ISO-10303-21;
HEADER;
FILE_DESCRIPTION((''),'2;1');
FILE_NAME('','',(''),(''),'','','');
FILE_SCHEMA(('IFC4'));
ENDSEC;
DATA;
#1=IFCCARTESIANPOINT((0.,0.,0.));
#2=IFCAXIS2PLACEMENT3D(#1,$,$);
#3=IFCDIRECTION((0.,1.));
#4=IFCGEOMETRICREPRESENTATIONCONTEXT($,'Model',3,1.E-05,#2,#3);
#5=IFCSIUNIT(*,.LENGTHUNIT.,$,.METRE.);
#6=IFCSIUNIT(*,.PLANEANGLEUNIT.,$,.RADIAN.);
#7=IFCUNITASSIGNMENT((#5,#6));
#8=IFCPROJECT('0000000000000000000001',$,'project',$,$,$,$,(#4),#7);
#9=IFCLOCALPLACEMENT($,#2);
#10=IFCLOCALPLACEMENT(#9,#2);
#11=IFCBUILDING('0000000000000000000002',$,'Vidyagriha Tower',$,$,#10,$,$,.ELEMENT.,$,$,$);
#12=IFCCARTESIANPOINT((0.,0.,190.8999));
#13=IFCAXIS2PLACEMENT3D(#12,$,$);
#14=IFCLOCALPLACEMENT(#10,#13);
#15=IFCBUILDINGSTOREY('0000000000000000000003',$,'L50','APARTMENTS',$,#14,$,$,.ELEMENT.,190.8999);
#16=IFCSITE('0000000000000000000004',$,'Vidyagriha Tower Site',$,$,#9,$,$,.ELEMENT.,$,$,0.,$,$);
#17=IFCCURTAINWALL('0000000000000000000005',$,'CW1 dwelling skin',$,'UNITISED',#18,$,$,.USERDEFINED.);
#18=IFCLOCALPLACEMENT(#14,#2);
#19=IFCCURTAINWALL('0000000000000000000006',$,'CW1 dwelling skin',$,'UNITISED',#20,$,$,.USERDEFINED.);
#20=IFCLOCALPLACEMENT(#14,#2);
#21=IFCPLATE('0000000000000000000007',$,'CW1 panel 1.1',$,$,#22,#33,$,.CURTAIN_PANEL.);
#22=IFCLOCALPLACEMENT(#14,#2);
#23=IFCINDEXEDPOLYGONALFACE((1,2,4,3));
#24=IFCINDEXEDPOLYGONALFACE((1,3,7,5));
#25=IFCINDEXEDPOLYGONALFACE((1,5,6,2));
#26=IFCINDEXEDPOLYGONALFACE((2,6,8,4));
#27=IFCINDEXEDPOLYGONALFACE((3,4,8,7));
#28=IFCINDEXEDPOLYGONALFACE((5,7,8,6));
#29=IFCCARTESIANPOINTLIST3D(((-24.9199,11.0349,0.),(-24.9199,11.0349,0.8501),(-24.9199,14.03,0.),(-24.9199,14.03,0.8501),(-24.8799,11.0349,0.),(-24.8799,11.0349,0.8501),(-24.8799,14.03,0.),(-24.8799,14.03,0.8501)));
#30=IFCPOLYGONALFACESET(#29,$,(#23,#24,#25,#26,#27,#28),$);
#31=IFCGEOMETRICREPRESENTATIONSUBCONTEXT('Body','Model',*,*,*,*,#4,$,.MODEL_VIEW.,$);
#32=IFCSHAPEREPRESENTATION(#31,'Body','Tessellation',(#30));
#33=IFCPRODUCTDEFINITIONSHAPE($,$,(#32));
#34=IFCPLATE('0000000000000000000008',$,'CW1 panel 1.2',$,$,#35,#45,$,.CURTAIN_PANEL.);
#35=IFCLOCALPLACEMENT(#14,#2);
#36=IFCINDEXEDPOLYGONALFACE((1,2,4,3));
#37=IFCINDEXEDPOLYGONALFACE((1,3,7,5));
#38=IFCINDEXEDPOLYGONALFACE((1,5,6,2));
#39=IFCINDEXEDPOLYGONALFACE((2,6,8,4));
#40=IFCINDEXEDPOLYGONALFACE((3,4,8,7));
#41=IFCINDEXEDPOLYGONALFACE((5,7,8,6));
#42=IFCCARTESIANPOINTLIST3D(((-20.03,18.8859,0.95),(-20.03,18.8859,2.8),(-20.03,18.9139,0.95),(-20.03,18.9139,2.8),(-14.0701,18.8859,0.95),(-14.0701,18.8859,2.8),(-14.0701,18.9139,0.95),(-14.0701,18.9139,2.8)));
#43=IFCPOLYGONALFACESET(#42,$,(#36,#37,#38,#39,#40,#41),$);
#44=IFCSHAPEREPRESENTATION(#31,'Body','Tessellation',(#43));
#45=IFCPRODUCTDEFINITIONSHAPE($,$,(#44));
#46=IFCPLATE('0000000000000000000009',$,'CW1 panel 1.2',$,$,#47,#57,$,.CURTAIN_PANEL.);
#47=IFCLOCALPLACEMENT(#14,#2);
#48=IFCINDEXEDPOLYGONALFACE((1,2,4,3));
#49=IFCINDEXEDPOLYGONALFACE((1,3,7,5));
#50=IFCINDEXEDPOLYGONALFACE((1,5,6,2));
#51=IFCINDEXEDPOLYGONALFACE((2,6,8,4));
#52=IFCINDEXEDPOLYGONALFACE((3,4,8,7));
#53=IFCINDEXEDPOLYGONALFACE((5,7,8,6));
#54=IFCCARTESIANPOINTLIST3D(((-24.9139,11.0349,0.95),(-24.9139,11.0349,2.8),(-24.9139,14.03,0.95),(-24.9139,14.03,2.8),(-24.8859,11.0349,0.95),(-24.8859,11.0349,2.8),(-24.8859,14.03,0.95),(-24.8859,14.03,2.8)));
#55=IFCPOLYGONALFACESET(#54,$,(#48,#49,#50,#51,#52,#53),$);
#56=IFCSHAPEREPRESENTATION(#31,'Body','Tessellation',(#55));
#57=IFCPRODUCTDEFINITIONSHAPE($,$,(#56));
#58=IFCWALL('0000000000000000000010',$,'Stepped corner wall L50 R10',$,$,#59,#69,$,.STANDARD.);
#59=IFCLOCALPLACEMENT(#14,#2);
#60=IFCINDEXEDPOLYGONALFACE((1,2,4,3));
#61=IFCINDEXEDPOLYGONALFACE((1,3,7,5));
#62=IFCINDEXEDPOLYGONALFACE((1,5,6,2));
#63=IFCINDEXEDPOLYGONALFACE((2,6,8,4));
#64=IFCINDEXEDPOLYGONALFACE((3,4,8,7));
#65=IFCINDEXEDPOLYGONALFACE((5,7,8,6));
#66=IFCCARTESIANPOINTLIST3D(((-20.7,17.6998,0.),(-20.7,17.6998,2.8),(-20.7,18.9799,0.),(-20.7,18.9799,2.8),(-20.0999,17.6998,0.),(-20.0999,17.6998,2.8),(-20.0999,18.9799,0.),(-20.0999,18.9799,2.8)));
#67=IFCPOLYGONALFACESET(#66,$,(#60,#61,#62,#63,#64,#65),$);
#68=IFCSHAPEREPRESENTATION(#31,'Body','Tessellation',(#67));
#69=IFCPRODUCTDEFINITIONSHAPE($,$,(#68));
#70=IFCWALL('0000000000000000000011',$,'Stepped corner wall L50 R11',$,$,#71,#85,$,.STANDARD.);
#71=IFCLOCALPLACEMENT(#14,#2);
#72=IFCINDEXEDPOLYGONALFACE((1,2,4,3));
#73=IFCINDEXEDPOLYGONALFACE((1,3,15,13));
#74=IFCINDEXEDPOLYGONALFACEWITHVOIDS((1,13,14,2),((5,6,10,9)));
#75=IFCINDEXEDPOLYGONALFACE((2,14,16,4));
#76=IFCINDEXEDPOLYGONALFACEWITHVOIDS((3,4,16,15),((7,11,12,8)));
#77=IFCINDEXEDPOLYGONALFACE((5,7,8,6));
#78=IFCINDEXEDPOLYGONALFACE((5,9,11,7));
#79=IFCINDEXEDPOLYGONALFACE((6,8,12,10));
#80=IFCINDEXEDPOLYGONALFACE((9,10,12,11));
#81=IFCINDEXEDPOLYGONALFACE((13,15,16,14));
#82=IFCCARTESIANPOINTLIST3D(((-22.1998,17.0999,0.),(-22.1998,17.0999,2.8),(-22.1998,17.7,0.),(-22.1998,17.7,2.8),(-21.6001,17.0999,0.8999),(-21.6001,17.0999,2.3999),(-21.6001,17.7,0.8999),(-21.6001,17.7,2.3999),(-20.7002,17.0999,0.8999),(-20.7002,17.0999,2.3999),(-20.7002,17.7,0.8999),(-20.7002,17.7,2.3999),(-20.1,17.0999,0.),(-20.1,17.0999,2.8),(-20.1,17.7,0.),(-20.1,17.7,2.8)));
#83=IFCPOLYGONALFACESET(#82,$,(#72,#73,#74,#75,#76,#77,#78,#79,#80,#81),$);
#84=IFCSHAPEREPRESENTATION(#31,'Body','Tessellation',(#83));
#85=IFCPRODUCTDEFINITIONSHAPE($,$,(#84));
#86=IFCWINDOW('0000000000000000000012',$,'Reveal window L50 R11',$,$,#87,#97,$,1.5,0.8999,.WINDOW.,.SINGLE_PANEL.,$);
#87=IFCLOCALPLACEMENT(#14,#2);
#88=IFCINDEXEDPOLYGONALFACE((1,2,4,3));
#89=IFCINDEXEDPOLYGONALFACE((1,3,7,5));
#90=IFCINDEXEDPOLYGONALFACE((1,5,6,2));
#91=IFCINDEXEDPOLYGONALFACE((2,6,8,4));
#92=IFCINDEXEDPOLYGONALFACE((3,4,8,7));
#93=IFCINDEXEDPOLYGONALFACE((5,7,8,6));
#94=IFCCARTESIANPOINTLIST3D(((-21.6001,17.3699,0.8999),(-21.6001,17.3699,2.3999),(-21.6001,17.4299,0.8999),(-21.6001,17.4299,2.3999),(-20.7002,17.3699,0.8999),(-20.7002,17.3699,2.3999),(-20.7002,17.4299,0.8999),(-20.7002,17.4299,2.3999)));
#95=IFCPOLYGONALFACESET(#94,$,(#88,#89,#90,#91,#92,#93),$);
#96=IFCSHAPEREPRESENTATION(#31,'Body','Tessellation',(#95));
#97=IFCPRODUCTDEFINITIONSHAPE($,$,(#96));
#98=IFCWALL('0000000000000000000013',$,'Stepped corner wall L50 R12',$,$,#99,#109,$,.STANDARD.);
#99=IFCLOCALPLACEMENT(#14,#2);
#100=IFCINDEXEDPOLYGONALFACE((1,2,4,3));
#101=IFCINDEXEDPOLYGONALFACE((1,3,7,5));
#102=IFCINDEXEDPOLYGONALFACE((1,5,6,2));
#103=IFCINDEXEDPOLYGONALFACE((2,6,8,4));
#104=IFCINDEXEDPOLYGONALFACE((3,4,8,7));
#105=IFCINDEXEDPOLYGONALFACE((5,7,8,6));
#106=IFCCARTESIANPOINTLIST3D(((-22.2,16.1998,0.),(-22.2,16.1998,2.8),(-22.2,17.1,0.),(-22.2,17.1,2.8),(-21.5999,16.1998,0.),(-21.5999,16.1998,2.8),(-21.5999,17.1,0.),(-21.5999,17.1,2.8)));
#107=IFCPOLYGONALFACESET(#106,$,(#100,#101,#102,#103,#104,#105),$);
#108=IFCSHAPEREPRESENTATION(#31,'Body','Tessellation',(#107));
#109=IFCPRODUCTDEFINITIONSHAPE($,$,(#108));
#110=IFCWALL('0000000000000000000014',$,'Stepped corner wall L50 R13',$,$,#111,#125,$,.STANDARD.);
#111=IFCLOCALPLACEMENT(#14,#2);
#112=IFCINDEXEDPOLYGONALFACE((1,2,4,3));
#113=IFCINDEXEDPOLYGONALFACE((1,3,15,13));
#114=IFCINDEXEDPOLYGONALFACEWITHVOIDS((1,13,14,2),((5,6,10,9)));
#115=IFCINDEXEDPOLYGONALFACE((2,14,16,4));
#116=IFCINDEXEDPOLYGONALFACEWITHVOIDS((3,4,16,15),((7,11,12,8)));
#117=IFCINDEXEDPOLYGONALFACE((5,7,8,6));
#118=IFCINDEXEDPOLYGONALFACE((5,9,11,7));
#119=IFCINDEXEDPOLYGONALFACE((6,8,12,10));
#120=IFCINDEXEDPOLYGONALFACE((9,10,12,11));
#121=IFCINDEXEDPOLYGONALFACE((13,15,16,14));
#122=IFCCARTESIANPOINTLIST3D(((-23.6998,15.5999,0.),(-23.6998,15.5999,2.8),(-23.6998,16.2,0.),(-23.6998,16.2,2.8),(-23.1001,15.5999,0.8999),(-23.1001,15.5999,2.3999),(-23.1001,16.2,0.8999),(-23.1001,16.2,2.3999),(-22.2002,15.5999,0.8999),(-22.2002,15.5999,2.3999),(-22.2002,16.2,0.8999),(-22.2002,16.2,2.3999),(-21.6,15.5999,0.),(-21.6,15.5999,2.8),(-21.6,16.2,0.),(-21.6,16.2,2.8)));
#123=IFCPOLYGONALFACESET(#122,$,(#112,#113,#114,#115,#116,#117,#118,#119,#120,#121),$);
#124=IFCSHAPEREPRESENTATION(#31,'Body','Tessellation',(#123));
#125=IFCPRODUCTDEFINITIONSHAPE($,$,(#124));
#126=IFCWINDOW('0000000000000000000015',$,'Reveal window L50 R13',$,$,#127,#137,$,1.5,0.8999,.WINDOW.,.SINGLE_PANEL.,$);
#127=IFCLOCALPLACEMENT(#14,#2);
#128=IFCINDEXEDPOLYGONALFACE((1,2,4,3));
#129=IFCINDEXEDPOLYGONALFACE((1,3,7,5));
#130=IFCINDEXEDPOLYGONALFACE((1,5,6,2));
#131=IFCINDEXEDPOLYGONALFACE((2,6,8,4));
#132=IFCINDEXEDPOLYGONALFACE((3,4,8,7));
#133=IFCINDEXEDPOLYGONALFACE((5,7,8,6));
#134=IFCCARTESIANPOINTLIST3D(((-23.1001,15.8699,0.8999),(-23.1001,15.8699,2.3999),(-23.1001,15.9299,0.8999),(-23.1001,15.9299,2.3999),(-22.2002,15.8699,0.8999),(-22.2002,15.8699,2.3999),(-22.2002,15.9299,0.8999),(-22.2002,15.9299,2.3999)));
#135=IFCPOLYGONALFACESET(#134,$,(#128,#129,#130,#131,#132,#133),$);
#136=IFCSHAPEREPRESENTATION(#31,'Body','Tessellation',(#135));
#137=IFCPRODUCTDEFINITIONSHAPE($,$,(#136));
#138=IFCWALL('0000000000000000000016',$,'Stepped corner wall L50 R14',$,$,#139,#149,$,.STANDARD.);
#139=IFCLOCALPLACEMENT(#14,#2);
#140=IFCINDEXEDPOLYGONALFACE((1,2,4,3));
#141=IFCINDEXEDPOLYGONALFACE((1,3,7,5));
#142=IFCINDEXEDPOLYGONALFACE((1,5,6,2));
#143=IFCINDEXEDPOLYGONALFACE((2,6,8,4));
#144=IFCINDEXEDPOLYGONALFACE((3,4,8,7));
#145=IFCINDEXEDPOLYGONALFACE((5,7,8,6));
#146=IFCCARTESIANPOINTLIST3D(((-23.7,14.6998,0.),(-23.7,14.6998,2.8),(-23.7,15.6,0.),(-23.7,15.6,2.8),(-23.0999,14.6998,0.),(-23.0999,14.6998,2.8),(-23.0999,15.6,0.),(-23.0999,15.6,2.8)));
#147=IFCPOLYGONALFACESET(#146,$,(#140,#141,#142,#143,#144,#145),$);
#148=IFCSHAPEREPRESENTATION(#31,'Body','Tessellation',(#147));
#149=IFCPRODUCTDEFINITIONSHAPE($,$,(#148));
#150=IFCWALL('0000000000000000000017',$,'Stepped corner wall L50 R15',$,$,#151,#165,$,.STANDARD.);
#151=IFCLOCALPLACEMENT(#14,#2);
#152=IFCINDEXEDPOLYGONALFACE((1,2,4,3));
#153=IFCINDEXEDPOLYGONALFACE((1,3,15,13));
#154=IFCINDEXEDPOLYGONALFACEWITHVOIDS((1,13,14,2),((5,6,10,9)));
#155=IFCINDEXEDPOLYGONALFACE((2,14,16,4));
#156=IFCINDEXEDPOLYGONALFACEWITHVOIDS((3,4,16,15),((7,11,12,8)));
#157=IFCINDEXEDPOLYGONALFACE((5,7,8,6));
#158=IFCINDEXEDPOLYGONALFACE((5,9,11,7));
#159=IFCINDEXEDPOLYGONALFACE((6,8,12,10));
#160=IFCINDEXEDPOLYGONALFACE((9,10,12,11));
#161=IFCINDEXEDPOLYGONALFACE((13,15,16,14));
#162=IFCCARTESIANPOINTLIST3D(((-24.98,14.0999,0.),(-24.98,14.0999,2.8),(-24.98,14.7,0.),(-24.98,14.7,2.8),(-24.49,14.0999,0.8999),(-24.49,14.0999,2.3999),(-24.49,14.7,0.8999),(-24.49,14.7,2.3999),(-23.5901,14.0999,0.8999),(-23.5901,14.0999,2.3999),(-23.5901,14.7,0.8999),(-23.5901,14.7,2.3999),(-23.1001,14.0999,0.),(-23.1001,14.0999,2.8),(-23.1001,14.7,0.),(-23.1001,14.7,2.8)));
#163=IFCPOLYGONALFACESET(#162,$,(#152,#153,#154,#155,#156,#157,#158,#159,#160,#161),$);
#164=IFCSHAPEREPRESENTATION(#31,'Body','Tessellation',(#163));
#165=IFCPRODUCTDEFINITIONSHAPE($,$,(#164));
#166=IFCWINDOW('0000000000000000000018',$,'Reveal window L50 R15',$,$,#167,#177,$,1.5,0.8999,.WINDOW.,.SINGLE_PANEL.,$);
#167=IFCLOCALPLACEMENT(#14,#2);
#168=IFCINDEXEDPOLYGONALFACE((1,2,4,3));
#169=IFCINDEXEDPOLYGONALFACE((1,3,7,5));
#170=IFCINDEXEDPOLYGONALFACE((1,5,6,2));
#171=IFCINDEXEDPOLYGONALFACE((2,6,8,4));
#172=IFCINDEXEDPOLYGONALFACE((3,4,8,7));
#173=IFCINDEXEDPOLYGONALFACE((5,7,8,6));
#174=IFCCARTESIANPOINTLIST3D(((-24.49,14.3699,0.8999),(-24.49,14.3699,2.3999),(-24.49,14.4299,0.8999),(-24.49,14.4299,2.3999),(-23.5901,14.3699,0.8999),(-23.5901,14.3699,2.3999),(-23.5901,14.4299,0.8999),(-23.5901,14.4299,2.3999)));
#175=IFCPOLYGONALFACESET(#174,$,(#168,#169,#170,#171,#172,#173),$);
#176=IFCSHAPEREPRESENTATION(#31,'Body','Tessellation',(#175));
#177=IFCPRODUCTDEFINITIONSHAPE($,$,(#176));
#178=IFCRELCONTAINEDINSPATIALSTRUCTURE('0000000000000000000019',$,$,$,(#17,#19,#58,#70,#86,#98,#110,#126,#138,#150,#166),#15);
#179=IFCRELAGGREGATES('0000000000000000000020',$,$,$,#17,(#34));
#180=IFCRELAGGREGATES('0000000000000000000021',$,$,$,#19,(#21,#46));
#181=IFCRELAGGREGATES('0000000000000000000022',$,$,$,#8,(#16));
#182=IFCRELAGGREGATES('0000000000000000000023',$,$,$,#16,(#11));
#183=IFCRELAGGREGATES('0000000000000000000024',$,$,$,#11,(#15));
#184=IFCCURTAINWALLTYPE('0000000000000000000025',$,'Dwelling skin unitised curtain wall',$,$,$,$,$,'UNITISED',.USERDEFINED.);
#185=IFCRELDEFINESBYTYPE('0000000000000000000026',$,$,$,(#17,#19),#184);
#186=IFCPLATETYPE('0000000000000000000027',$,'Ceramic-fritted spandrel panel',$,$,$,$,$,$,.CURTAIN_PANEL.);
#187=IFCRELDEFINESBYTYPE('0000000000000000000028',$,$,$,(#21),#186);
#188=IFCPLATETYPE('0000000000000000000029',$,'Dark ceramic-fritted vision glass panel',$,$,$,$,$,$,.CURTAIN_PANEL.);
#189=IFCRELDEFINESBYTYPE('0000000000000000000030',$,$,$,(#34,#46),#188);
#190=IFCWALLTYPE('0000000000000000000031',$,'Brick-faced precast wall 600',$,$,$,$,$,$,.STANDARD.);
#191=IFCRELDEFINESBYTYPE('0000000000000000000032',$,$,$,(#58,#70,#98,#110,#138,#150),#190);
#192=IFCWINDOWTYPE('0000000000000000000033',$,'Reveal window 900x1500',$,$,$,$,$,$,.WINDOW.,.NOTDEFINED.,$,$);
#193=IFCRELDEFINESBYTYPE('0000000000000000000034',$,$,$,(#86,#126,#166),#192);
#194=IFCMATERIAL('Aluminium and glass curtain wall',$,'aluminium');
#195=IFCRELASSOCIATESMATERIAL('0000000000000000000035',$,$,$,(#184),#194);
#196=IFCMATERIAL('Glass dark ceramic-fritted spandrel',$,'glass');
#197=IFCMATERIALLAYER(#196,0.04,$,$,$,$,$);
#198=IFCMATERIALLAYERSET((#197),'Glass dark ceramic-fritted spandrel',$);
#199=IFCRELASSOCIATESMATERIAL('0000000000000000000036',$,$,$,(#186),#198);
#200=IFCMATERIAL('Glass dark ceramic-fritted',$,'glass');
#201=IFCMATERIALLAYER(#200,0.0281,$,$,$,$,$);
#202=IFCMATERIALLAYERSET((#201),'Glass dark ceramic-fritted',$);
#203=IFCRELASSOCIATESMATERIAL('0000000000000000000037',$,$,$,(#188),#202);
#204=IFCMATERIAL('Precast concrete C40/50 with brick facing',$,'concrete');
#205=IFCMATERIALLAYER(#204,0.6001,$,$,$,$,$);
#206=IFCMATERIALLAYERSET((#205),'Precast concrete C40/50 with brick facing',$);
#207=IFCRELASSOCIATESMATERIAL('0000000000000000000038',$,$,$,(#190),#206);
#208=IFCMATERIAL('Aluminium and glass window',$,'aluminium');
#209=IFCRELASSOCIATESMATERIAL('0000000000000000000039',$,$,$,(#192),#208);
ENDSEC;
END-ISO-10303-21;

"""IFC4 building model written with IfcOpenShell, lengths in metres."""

from ifc_helpers import new_model, si_unit, direction, frame, frame_2d, origin, origin_2d, place, context, subcontext, project, spatial, rectangle, extrude, material, layer, layer_set, type_object, element, fill, aggregate, save


model = new_model("IFC4")

# Units and contexts
model_context = context("Model", 3, precision=1e-05, world=origin(), true_north=direction((0.0, 1.0)))
body_context = subcontext(model_context, "Body", "Model", "MODEL_VIEW")
ifc_project = project(units=[si_unit("LENGTHUNIT", "METRE"), si_unit("PLANEANGLEUNIT", "RADIAN")], contexts=[model_context])

# Site, building, storey
site_placement = place(None, origin())
site = spatial("IfcSite", under=ifc_project, at=site_placement, Name="Vidyagriha Tower Site", CompositionType="ELEMENT", RefElevation=0.0)
building_placement = place(site_placement, origin())
building = spatial("IfcBuilding", under=site, at=building_placement, Name="Vidyagriha Tower", CompositionType="ELEMENT")
storey_placement = place(building_placement, frame((0.0, 0.0, 190.8999)))
storey = spatial("IfcBuildingStorey", under=building, at=storey_placement, Name="L50", Description="APARTMENTS", CompositionType="ELEMENT", Elevation=190.8999)

# Curtain walls
ifc_material_1 = material(Name="Aluminium and glass curtain wall", Category="aluminium")
curtain_wall_type = type_object("IfcCurtainWallType", Name="Dwelling skin unitised curtain wall", ElementType="UNITISED", PredefinedType="USERDEFINED", material=ifc_material_1)
curtain_wall_1_placement = place(storey_placement, origin())
curtain_wall_1 = element("IfcCurtainWall", 1, at=curtain_wall_1_placement, inside=storey, type_object=curtain_wall_type, Name="CW1 dwelling skin", ObjectType="UNITISED", PredefinedType="USERDEFINED")
curtain_wall_2_placement = place(storey_placement, origin())
curtain_wall_2 = element("IfcCurtainWall", 2, at=curtain_wall_2_placement, inside=storey, type_object=curtain_wall_type, Name="CW1 dwelling skin", ObjectType="UNITISED", PredefinedType="USERDEFINED")

# Plates
ifc_material_2 = material(Name="Glass dark ceramic-fritted spandrel", Category="glass")
ifc_layer_1 = layer(ifc_material_2, 0.04)
ifc_layer_set_1 = layer_set([ifc_layer_1], Name="Glass dark ceramic-fritted spandrel")
plate_type_1 = type_object("IfcPlateType", Name="Ceramic-fritted spandrel panel", PredefinedType="CURTAIN_PANEL", material=ifc_layer_set_1)
plate_1_placement = place(storey_placement, frame((-24.8999, 12.5325, 0.0), z_axis=(0.0, 0.0, 1.0), x_axis=(0.0, -1.0, 0.0)))
plate_1 = element("IfcPlate", 3, at=plate_1_placement, type_object=plate_type_1, Name="CW1 panel 1.1", PredefinedType="CURTAIN_PANEL", context=body_context, shape_type="SweptSolid", body=[
    extrude(rectangle(XDim=2.9951, YDim=0.04, at=origin_2d()), origin(), (0.0, 0.0, 1.0), 0.8501),
])
ifc_material_3 = material(Name="Glass dark ceramic-fritted", Category="glass")
ifc_layer_2 = layer(ifc_material_3, 0.0281)
ifc_layer_set_2 = layer_set([ifc_layer_2], Name="Glass dark ceramic-fritted")
plate_type_2 = type_object("IfcPlateType", Name="Dark ceramic-fritted vision glass panel", PredefinedType="CURTAIN_PANEL", material=ifc_layer_set_2)
plate_2_placement = place(storey_placement, frame((-17.05, 18.8999, 0.95), z_axis=(0.0, 0.0, 1.0), x_axis=(-1.0, 0.0, 0.0)))
plate_2 = element("IfcPlate", 4, at=plate_2_placement, type_object=plate_type_2, Name="CW1 panel 1.2", PredefinedType="CURTAIN_PANEL", context=body_context, shape_type="SweptSolid", body=[
    extrude(rectangle(XDim=5.96, YDim=0.0281, at=origin_2d()), origin(), (0.0, 0.0, 1.0), 1.8501),
])
aggregate(curtain_wall_1, [plate_2])
plate_3_placement = place(storey_placement, frame((-24.8999, 12.5325, 0.95), z_axis=(0.0, 0.0, 1.0), x_axis=(0.0, -1.0, 0.0)))
plate_3 = element("IfcPlate", 5, at=plate_3_placement, type_object=plate_type_2, Name="CW1 panel 1.2", PredefinedType="CURTAIN_PANEL", context=body_context, shape_type="SweptSolid", body=[
    extrude(rectangle(XDim=2.9951, YDim=0.0281, at=origin_2d()), origin(), (0.0, 0.0, 1.0), 1.8501),
])
aggregate(curtain_wall_2, [plate_1, plate_3])

# Wall
ifc_material_4 = material(Name="Precast concrete C40/50 with brick facing", Category="concrete")
ifc_layer_3 = layer(ifc_material_4, 0.6001)
ifc_layer_set_3 = layer_set([ifc_layer_3], Name="Precast concrete C40/50 with brick facing")
wall_type_1 = type_object("IfcWallType", Name="Brick-faced precast wall 600", PredefinedType="STANDARD", material=ifc_layer_set_3)
wall_1_placement = place(storey_placement, frame((-20.3999, 18.98, 0.0), z_axis=(0.0, 0.0, 1.0), x_axis=(0.0, -1.0, 0.0)))
element("IfcWall", 6, at=wall_1_placement, inside=storey, type_object=wall_type_1, Name="Stepped corner wall L50 R10", PredefinedType="STANDARD", context=body_context, shape_type="SweptSolid", body=[
    extrude(rectangle(XDim=1.28, YDim=0.6001, at=frame_2d((0.6401, 0.0))), origin(), (0.0, 0.0, 1.0), 2.8),
])

# Wall, opening, window
wall_2_placement = place(storey_placement, frame((-20.1001, 17.3999, 0.0), z_axis=(0.0, 0.0, 1.0), x_axis=(-1.0, 0.0, 0.0)))
wall_2 = element("IfcWall", 7, at=wall_2_placement, inside=storey, type_object=wall_type_1, Name="Stepped corner wall L50 R11", PredefinedType="STANDARD", context=body_context, shape_type="SweptSolid", body=[
    extrude(rectangle(XDim=2.0999, YDim=0.6001, at=frame_2d((1.0498, 0.0))), origin(), (0.0, 0.0, 1.0), 2.8),
])
opening_1_placement = place(wall_2_placement, frame((0.6001, 0.0, 0.8999)))
opening_1 = element("IfcOpeningElement", 8, at=opening_1_placement, cuts=wall_2, PredefinedType="OPENING", context=body_context, shape_type="SweptSolid", body=[
    extrude(rectangle(XDim=0.8999, YDim=1.5, at=frame_2d((0.45, 0.75))), frame((0.0, 0.3101, 0.0), z_axis=(0.0, -1.0, 0.0), x_axis=(1.0, 0.0, 0.0)), (0.0, 0.0, 1.0), 0.6201),
])
ifc_material_5 = material(Name="Aluminium and glass window", Category="aluminium")
window_type = type_object("IfcWindowType", Name="Reveal window 900x1500", PartitioningType="NOTDEFINED", PredefinedType="WINDOW", material=ifc_material_5)
window_1_placement = place(opening_1_placement, origin())
window_1 = element("IfcWindow", 9, at=window_1_placement, inside=storey, type_object=window_type, Name="Reveal window L50 R11", OverallHeight=1.5, OverallWidth=0.8999, PartitioningType="SINGLE_PANEL", PredefinedType="WINDOW", context=body_context, shape_type="SweptSolid", body=[
    extrude(rectangle(XDim=0.8999, YDim=1.5, at=frame_2d((0.45, 0.75))), frame((0.0, 0.03, 0.0), z_axis=(0.0, -1.0, 0.0), x_axis=(1.0, 0.0, 0.0)), (0.0, 0.0, 1.0), 0.0601),
])
fill(opening_1, window_1)

# Wall
wall_3_placement = place(storey_placement, frame((-21.8999, 17.1001, 0.0), z_axis=(0.0, 0.0, 1.0), x_axis=(0.0, -1.0, 0.0)))
element("IfcWall", 10, at=wall_3_placement, inside=storey, type_object=wall_type_1, Name="Stepped corner wall L50 R12", PredefinedType="STANDARD", context=body_context, shape_type="SweptSolid", body=[
    extrude(rectangle(XDim=0.9001, YDim=0.6001, at=frame_2d((0.4502, 0.0))), origin(), (0.0, 0.0, 1.0), 2.8),
])

# Wall, opening, window
wall_4_placement = place(storey_placement, frame((-21.6001, 15.8999, 0.0), z_axis=(0.0, 0.0, 1.0), x_axis=(-1.0, 0.0, 0.0)))
wall_4 = element("IfcWall", 11, at=wall_4_placement, inside=storey, type_object=wall_type_1, Name="Stepped corner wall L50 R13", PredefinedType="STANDARD", context=body_context, shape_type="SweptSolid", body=[
    extrude(rectangle(XDim=2.0999, YDim=0.6001, at=frame_2d((1.0498, 0.0))), origin(), (0.0, 0.0, 1.0), 2.8),
])
opening_2_placement = place(wall_4_placement, frame((0.6001, 0.0, 0.8999)))
opening_2 = element("IfcOpeningElement", 12, at=opening_2_placement, cuts=wall_4, PredefinedType="OPENING", context=body_context, shape_type="SweptSolid", body=[
    extrude(rectangle(XDim=0.8999, YDim=1.5, at=frame_2d((0.45, 0.75))), frame((0.0, 0.3101, 0.0), z_axis=(0.0, -1.0, 0.0), x_axis=(1.0, 0.0, 0.0)), (0.0, 0.0, 1.0), 0.6201),
])
window_2_placement = place(opening_2_placement, origin())
window_2 = element("IfcWindow", 13, at=window_2_placement, inside=storey, type_object=window_type, Name="Reveal window L50 R13", OverallHeight=1.5, OverallWidth=0.8999, PartitioningType="SINGLE_PANEL", PredefinedType="WINDOW", context=body_context, shape_type="SweptSolid", body=[
    extrude(rectangle(XDim=0.8999, YDim=1.5, at=frame_2d((0.45, 0.75))), frame((0.0, 0.03, 0.0), z_axis=(0.0, -1.0, 0.0), x_axis=(1.0, 0.0, 0.0)), (0.0, 0.0, 1.0), 0.0601),
])
fill(opening_2, window_2)

# Wall
wall_5_placement = place(storey_placement, frame((-23.3999, 15.6001, 0.0), z_axis=(0.0, 0.0, 1.0), x_axis=(0.0, -1.0, 0.0)))
element("IfcWall", 14, at=wall_5_placement, inside=storey, type_object=wall_type_1, Name="Stepped corner wall L50 R14", PredefinedType="STANDARD", context=body_context, shape_type="SweptSolid", body=[
    extrude(rectangle(XDim=0.9001, YDim=0.6001, at=frame_2d((0.4502, 0.0))), origin(), (0.0, 0.0, 1.0), 2.8),
])

# Wall, opening, window
wall_6_placement = place(storey_placement, frame((-23.1001, 14.3999, 0.0), z_axis=(0.0, 0.0, 1.0), x_axis=(-1.0, 0.0, 0.0)))
wall_6 = element("IfcWall", 15, at=wall_6_placement, inside=storey, type_object=wall_type_1, Name="Stepped corner wall L50 R15", PredefinedType="STANDARD", context=body_context, shape_type="SweptSolid", body=[
    extrude(rectangle(XDim=1.8799, YDim=0.6001, at=frame_2d((0.9399, 0.0))), origin(), (0.0, 0.0, 1.0), 2.8),
])
opening_3_placement = place(wall_6_placement, frame((0.49, 0.0, 0.8999)))
opening_3 = element("IfcOpeningElement", 16, at=opening_3_placement, cuts=wall_6, PredefinedType="OPENING", context=body_context, shape_type="SweptSolid", body=[
    extrude(rectangle(XDim=0.8999, YDim=1.5, at=frame_2d((0.45, 0.75))), frame((0.0, 0.3101, 0.0), z_axis=(0.0, -1.0, 0.0), x_axis=(1.0, 0.0, 0.0)), (0.0, 0.0, 1.0), 0.6201),
])
window_3_placement = place(opening_3_placement, origin())
window_3 = element("IfcWindow", 17, at=window_3_placement, inside=storey, type_object=window_type, Name="Reveal window L50 R15", OverallHeight=1.5, OverallWidth=0.8999, PartitioningType="SINGLE_PANEL", PredefinedType="WINDOW", context=body_context, shape_type="SweptSolid", body=[
    extrude(rectangle(XDim=0.8999, YDim=1.5, at=frame_2d((0.45, 0.75))), frame((0.0, 0.03, 0.0), z_axis=(0.0, -1.0, 0.0), x_axis=(1.0, 0.0, 0.0)), (0.0, 0.0, 1.0), 0.0601),
])
fill(opening_3, window_3)

save(model, "model.ifc")
